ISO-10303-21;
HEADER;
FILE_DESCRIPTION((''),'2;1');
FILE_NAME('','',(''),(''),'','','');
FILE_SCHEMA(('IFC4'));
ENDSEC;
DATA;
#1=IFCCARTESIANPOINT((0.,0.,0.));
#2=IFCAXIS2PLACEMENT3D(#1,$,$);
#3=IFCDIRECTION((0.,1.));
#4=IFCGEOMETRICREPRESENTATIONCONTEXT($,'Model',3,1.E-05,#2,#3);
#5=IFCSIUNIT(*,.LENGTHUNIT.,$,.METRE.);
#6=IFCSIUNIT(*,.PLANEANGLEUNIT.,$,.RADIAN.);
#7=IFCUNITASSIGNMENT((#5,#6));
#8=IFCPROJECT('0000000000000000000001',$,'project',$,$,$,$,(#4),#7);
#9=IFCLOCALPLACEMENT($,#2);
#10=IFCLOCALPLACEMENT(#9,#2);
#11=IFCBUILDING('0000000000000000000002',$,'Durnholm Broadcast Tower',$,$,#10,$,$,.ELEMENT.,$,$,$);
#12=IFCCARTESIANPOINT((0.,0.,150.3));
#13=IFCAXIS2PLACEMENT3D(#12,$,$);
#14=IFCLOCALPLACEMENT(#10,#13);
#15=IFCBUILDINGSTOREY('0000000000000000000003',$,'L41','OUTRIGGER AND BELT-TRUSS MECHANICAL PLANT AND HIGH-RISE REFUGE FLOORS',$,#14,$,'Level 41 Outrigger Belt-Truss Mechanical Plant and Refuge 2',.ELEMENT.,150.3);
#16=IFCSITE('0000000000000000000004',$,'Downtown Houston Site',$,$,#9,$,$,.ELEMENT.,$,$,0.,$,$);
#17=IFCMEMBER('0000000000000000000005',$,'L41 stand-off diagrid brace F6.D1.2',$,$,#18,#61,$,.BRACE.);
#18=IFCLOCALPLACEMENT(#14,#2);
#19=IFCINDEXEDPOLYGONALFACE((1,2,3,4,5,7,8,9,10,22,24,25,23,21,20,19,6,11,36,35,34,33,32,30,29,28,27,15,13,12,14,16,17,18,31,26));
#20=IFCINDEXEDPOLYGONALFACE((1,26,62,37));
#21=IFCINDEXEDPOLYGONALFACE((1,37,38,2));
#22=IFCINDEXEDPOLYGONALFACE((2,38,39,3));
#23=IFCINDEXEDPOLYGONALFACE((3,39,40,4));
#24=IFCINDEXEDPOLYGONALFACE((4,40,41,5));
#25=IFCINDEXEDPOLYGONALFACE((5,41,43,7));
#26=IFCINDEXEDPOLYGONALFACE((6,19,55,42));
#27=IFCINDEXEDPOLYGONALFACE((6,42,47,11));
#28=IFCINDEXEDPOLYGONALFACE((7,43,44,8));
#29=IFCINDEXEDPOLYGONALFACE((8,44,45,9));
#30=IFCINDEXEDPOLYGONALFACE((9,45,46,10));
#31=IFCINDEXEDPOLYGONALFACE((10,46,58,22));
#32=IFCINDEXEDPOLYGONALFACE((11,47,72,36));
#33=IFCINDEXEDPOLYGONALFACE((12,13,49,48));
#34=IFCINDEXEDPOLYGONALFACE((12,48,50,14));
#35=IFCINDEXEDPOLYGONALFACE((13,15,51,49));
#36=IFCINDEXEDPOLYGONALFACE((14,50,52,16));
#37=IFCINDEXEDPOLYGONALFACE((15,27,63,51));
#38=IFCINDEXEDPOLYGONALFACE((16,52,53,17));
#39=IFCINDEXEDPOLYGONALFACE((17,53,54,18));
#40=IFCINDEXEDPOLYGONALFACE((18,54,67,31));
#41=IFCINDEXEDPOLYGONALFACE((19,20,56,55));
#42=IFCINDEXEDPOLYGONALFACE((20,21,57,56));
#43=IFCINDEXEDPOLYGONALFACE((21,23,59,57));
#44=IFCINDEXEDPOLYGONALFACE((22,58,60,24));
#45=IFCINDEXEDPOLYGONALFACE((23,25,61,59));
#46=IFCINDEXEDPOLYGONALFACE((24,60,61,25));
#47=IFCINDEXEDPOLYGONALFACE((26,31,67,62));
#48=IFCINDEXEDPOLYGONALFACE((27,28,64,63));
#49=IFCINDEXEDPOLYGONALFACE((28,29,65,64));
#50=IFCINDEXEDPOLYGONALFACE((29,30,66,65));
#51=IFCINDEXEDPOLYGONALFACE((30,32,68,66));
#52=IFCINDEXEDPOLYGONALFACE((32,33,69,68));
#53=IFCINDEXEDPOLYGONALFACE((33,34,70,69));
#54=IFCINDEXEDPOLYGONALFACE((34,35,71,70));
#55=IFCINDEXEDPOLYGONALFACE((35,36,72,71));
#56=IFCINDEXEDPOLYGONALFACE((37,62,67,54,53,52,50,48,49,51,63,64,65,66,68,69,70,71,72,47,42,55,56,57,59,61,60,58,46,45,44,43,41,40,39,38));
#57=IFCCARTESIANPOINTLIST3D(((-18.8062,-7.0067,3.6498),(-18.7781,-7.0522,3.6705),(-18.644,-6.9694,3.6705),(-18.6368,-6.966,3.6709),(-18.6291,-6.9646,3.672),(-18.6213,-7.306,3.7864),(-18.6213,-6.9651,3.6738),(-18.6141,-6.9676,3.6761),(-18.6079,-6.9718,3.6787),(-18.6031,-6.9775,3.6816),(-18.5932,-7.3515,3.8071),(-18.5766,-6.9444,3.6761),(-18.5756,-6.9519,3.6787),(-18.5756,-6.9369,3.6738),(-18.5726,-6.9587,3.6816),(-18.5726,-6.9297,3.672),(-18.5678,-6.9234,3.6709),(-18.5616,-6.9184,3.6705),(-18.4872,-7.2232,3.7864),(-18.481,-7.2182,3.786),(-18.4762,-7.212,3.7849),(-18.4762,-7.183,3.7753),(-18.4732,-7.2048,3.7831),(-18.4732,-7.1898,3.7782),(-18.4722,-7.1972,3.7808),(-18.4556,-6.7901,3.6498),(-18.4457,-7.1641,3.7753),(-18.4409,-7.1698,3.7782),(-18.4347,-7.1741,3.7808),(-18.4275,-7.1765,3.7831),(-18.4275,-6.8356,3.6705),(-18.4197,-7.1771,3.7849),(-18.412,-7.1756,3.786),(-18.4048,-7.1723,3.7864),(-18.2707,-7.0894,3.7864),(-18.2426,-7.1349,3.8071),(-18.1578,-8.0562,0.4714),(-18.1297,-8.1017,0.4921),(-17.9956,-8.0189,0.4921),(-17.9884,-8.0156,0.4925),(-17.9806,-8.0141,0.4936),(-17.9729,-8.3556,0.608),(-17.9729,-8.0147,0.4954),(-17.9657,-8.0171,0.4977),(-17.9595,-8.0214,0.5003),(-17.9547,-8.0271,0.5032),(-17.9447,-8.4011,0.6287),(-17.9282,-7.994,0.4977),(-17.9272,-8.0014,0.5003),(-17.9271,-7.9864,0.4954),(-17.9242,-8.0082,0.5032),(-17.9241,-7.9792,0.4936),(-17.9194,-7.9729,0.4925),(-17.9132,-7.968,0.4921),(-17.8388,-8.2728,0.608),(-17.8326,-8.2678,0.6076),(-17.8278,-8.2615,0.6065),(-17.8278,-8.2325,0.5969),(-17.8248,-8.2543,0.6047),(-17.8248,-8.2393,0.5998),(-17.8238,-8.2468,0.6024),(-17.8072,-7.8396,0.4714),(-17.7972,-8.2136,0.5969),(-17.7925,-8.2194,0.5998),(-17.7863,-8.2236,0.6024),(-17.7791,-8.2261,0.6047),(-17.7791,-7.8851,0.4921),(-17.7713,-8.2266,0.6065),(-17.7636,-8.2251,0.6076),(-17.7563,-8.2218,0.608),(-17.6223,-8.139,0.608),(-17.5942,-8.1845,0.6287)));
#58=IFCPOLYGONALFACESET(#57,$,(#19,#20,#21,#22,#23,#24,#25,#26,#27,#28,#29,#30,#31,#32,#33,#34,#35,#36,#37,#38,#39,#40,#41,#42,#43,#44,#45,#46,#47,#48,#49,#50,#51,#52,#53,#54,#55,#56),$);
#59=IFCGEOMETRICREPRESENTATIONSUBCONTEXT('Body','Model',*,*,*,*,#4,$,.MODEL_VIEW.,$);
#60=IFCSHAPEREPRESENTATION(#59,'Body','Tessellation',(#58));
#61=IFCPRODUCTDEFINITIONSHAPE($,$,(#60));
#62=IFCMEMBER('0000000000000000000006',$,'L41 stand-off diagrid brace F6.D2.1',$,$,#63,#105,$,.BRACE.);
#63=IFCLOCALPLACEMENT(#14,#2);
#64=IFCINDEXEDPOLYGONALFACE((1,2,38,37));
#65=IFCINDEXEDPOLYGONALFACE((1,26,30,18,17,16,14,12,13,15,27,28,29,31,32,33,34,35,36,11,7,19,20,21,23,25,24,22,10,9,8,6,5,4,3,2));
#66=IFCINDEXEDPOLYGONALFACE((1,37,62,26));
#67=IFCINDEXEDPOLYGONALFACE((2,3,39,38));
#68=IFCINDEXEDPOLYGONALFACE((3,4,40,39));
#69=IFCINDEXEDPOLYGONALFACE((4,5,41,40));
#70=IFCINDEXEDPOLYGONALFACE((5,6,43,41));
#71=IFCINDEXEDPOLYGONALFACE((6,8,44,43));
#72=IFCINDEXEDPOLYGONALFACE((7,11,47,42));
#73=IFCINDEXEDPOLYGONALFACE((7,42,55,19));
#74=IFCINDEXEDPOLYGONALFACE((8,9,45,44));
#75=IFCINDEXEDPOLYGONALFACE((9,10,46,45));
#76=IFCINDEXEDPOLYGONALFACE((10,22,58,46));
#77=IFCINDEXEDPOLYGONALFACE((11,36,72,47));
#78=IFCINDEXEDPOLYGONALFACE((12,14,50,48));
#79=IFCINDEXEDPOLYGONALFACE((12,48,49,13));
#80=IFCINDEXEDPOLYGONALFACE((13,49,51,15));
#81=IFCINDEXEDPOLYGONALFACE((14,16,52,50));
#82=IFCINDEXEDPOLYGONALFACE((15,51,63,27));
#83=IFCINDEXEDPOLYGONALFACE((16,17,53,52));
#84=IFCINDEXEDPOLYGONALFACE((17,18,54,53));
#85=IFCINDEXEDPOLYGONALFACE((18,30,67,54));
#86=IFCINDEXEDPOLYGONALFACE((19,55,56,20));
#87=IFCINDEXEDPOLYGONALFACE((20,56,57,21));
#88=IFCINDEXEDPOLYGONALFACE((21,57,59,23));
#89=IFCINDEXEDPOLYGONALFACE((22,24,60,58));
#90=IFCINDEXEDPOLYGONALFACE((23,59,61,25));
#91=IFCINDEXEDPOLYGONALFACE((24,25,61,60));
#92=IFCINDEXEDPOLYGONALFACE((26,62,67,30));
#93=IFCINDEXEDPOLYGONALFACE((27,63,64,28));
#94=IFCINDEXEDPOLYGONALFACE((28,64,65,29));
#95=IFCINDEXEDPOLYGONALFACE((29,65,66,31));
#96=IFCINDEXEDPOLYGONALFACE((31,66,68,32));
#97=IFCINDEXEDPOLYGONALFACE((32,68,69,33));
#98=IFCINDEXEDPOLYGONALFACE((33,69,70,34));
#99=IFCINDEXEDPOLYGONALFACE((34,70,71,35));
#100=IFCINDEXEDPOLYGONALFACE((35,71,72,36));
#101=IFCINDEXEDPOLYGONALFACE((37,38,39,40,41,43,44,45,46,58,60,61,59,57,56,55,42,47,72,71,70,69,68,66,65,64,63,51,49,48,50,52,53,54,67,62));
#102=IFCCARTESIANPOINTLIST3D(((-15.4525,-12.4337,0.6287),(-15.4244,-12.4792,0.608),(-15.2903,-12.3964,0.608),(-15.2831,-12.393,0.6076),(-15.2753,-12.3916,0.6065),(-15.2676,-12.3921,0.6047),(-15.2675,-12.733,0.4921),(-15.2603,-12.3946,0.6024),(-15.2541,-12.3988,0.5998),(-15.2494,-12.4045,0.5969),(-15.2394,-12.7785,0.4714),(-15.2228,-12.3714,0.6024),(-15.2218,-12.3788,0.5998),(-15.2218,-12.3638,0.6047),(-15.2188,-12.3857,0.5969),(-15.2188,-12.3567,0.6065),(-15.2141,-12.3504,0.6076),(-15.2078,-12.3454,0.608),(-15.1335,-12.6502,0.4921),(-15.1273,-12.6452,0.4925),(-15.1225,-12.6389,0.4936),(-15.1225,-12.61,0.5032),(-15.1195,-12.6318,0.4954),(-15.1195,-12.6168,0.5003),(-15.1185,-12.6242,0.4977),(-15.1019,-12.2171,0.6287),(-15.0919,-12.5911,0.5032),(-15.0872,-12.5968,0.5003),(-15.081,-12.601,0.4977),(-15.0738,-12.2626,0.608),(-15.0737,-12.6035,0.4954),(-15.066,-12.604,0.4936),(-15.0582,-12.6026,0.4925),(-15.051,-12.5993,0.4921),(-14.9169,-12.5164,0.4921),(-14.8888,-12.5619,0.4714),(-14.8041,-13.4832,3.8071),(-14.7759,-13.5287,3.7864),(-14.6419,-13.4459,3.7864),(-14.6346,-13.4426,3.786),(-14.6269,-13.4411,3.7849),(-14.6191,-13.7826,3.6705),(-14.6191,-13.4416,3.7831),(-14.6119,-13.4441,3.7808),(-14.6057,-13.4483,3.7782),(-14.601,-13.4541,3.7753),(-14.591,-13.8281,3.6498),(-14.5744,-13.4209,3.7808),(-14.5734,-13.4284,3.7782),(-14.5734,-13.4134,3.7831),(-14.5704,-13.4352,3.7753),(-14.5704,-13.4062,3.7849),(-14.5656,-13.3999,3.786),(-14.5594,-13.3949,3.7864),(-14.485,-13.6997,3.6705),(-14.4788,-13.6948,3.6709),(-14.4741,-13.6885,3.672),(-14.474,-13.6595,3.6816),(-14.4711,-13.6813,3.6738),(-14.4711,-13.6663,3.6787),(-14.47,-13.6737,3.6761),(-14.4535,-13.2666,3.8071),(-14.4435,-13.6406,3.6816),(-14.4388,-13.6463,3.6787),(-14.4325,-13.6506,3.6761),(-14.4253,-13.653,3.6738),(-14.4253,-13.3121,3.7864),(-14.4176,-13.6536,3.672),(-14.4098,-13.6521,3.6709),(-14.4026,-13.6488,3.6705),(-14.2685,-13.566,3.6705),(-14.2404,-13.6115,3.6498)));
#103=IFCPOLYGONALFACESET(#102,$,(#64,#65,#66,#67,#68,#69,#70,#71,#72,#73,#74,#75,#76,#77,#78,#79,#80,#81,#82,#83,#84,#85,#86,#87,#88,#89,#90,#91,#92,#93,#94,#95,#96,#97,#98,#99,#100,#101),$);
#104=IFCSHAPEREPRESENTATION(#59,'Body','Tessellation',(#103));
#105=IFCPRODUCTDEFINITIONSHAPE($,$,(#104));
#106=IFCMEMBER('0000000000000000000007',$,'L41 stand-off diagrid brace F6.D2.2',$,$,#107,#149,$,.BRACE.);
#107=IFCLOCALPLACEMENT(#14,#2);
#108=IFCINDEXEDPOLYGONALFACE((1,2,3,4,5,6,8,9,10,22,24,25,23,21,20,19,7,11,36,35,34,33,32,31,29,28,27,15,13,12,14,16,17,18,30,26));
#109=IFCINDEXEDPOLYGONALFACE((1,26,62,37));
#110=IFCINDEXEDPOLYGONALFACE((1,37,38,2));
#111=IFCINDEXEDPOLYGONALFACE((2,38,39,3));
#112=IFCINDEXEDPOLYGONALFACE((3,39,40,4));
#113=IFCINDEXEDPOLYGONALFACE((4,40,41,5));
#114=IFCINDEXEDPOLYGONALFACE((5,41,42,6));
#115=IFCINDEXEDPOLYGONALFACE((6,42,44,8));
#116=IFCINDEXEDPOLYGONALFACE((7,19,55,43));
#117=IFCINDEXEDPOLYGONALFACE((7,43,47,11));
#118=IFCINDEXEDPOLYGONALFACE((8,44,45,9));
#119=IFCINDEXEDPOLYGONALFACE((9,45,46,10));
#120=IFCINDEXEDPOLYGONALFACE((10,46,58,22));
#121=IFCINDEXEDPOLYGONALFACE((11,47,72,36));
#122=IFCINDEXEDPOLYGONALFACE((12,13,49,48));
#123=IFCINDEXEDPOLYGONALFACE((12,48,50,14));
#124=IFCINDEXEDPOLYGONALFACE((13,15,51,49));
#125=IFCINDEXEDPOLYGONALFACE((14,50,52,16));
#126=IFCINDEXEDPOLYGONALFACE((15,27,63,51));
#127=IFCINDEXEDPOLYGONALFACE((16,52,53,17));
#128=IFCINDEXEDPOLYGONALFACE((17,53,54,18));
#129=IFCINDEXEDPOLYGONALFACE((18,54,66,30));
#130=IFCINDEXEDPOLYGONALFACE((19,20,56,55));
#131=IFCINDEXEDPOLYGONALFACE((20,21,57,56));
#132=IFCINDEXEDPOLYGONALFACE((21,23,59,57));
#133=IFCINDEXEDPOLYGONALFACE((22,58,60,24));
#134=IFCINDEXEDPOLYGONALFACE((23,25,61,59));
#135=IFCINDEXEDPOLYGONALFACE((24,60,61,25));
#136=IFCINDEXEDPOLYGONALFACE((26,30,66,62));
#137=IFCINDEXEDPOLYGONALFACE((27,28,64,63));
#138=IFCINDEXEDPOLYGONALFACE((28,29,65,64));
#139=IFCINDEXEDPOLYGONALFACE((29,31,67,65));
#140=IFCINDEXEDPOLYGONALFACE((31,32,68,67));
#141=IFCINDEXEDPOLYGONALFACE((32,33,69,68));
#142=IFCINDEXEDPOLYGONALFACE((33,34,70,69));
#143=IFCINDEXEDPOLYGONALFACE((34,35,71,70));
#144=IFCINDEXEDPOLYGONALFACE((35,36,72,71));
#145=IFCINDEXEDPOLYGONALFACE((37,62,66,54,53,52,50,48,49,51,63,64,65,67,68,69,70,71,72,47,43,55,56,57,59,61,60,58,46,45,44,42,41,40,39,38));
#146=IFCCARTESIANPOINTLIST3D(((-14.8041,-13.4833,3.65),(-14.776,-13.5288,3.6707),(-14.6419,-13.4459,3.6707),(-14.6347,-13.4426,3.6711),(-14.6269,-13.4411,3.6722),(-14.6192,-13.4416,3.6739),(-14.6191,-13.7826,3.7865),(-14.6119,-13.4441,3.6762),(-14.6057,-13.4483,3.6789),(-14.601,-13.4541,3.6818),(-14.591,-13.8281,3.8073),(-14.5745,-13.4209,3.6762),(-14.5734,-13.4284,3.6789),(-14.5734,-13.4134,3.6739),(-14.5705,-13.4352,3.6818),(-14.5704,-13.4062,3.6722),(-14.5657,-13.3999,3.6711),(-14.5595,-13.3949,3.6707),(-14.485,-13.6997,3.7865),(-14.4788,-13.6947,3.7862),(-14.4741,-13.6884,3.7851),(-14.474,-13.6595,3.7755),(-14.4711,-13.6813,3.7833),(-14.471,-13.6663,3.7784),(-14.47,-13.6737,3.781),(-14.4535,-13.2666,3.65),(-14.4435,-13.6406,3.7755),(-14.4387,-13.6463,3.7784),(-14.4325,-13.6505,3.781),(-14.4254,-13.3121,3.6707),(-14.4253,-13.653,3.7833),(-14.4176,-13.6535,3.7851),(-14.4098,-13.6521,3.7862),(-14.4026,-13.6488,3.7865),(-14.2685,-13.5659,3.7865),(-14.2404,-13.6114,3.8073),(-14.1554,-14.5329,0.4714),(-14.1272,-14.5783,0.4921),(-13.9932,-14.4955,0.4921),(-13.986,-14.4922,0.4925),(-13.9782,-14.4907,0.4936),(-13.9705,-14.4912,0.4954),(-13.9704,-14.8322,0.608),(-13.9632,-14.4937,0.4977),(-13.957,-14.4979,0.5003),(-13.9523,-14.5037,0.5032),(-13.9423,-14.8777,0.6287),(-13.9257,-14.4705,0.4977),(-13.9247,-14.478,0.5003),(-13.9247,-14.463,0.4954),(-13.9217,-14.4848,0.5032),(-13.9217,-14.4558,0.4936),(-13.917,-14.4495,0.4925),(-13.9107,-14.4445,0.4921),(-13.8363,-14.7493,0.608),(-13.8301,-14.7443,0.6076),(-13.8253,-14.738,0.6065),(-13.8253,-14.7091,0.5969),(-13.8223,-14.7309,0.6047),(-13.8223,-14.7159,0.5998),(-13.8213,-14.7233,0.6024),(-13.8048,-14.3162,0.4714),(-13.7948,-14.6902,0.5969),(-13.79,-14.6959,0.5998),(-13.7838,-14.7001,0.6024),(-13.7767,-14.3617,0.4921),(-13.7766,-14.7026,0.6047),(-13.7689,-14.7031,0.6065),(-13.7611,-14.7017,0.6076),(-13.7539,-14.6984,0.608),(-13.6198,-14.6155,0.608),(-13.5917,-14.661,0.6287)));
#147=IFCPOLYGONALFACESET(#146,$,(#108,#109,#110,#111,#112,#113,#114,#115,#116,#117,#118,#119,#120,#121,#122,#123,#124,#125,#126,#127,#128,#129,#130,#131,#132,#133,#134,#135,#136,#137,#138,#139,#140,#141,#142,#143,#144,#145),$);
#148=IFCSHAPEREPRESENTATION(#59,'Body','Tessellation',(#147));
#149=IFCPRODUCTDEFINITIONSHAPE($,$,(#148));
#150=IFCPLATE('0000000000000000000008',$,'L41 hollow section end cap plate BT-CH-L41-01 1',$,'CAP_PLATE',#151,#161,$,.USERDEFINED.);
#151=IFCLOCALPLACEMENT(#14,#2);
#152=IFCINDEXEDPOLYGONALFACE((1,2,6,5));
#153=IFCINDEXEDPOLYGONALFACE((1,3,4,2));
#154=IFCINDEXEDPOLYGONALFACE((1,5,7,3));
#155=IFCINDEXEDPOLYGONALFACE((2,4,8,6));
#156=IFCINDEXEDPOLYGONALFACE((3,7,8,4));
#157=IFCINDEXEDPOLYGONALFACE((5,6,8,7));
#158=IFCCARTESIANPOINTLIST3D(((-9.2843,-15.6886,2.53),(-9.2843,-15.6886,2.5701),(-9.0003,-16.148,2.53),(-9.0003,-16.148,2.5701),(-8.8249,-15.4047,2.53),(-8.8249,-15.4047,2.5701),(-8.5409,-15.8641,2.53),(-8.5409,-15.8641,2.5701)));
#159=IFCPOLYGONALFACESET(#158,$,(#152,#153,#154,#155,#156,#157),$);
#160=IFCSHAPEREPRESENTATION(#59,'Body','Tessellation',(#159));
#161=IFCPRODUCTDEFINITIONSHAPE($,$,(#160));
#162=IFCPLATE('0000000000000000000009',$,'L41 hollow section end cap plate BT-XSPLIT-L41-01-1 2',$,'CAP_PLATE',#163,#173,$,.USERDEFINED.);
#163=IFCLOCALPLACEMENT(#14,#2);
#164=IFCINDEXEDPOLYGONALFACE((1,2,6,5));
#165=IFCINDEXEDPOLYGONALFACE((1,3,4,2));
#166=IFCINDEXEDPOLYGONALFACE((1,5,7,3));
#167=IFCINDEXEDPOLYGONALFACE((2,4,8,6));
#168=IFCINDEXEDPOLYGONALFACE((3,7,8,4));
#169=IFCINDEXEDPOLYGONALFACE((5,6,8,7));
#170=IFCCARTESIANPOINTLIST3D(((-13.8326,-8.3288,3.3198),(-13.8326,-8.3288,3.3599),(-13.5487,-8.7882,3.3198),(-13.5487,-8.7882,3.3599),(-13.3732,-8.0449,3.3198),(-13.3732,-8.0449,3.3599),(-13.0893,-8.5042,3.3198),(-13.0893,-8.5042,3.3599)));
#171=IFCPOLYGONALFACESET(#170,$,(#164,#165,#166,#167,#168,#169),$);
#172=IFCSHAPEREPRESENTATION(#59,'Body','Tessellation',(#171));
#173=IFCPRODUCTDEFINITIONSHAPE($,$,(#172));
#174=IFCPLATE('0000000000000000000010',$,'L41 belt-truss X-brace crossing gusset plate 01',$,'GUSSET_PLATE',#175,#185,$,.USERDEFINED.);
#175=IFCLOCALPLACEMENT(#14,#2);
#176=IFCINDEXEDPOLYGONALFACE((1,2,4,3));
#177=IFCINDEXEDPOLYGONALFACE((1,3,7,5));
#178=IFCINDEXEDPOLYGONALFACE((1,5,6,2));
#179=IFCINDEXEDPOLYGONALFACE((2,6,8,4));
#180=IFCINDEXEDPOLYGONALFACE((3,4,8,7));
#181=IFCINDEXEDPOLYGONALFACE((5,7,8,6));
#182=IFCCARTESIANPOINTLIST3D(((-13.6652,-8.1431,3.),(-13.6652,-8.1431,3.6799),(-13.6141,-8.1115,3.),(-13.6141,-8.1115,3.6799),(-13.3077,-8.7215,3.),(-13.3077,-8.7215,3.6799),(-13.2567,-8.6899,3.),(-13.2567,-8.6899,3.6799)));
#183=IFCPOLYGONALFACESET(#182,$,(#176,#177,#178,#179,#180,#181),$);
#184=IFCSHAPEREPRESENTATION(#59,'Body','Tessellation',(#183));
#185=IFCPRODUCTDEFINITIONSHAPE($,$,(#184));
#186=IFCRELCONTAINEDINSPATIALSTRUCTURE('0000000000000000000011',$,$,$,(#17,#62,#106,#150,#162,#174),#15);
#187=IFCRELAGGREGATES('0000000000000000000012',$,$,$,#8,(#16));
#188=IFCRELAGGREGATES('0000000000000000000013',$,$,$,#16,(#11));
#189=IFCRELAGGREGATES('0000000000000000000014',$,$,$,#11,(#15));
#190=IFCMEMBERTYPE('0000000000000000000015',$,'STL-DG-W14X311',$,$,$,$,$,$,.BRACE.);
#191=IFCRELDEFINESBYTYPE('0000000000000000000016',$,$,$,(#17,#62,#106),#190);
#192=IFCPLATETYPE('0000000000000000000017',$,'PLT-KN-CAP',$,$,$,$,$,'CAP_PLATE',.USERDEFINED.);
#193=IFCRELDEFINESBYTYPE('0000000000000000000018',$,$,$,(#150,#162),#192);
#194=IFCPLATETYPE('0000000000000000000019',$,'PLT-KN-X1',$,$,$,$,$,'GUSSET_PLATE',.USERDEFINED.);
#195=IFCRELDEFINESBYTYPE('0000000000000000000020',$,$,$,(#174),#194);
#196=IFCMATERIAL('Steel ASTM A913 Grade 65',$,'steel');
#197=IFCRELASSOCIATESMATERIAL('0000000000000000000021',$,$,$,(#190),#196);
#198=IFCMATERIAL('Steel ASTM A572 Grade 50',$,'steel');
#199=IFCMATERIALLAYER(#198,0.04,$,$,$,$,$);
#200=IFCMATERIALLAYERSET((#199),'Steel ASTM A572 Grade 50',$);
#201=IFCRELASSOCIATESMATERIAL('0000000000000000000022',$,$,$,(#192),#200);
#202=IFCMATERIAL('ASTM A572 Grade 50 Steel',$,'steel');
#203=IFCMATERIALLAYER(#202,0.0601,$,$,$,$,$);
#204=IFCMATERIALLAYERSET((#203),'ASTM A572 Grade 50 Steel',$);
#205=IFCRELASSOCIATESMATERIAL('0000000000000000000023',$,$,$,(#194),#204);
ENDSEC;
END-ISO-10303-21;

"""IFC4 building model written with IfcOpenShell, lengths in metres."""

from ifc_helpers import new_model, si_unit, direction, frame, origin, origin_2d, place, context, subcontext, project, spatial, rectangle, i_section, extrude, source, transform, mapped, material, layer, layer_set, material_profile, profile_set, type_object, type_shapes, element, save


model = new_model("IFC4")

# Units and contexts
model_context = context("Model", 3, precision=1e-05, world=origin(), true_north=direction((0.0, 1.0)))
body_context = subcontext(model_context, "Body", "Model", "MODEL_VIEW")
ifc_project = project(units=[si_unit("LENGTHUNIT", "METRE"), si_unit("PLANEANGLEUNIT", "RADIAN")], contexts=[model_context])

# Site, building, storey
site_placement = place(None, origin())
site = spatial("IfcSite", under=ifc_project, at=site_placement, Name="Downtown Houston Site", CompositionType="ELEMENT", RefElevation=0.0)
building_placement = place(site_placement, origin())
building = spatial("IfcBuilding", under=site, at=building_placement, Name="Durnholm Broadcast Tower", CompositionType="ELEMENT")
storey_placement = place(building_placement, frame((0.0, 0.0, 150.3)))
storey = spatial("IfcBuildingStorey", under=building, at=storey_placement, Name="L41", Description="OUTRIGGER AND BELT-TRUSS MECHANICAL PLANT AND HIGH-RISE REFUGE FLOORS", LongName="Level 41 Outrigger Belt-Truss Mechanical Plant and Refuge 2", CompositionType="ELEMENT", Elevation=150.3)

# Members
ifc_material_1 = material(Name="Steel ASTM A913 Grade 65", Category="steel")
ifc_material_profile_1 = material_profile(ifc_material_1, i_section(OverallWidth=0.4121, OverallDepth=0.4348, WebThickness=0.0359, FlangeThickness=0.0574, FilletRadius=0.0305, at=origin_2d()), Name="W14X311")
ifc_profile_set_1 = profile_set([ifc_material_profile_1], Name="Steel ASTM A913 Grade 65")
member_type_1 = type_object("IfcMemberType", Name="STL-DG-W14X311", PredefinedType="BRACE", material=ifc_profile_set_1)
shared_shape_1 = source(origin(), body_context, "Body", "SweptSolid", [
    extrude(i_section(OverallWidth=0.4121, OverallDepth=0.4348, WebThickness=0.0359, FlangeThickness=0.0574, FilletRadius=0.0305, at=origin_2d()), origin(), (0.0, 0.0, 1.0), 3.4094),
])
for number, where, z_axis, x_axis, name in (
    (1, (-17.876, -8.1204, 0.55), (-0.190185, 0.307834, 0.932238), (-0.850733, -0.525598, 0.0), "L41 stand-off diagrid brace F6.D1.2"),
    (2, (-15.1707, -12.4978, 0.55), (0.190185, -0.307834, 0.932238), (0.850733, 0.525598, 0.0), "L41 stand-off diagrid brace F6.D2.1"),
):
    element("IfcMember", number, at=place(storey_placement, frame(where, z_axis=z_axis, x_axis=x_axis)), inside=storey, type_object=member_type_1, Name=name, PredefinedType="BRACE", context=body_context, shape_type="MappedRepresentation", body=[
        mapped(shared_shape_1, transform((0.0, 0.0, 0.0), x_axis=(1.0, 0.0, 0.0), y_axis=(0.0, 1.0, 0.0), z_axis=(0.0, 0.0, 1.0), scale=1.0)),
    ])
shared_shape_2 = source(origin(), body_context, "Body", "SweptSolid", [
    extrude(i_section(OverallWidth=0.4121, OverallDepth=0.4348, WebThickness=0.0359, FlangeThickness=0.0574, FilletRadius=0.0305, at=origin_2d()), origin(), (0.0, 0.0, 1.0), 3.4097),
])
type_shapes(member_type_1, [shared_shape_1, shared_shape_2])
member_1_placement = place(storey_placement, frame((-13.8735, -14.5969, 0.55), z_axis=(-0.190254, 0.30783, 0.932225), x_axis=(-0.850644, -0.525741, 0.0)))
element("IfcMember", 3, at=member_1_placement, inside=storey, type_object=member_type_1, Name="L41 stand-off diagrid brace F6.D2.2", PredefinedType="BRACE", context=body_context, shape_type="MappedRepresentation", body=[
    mapped(shared_shape_2, transform((0.0, 0.0, 0.0), x_axis=(1.0, 0.0, 0.0), y_axis=(0.0, 1.0, 0.0), z_axis=(0.0, 0.0, 1.0), scale=1.0)),
])

# Plates
ifc_material_2 = material(Name="Steel ASTM A572 Grade 50", Category="steel")
ifc_layer_1 = layer(ifc_material_2, 0.04)
ifc_layer_set_1 = layer_set([ifc_layer_1], Name="Steel ASTM A572 Grade 50")
plate_type_1 = type_object("IfcPlateType", Name="PLT-KN-CAP", ElementType="CAP_PLATE", PredefinedType="USERDEFINED", material=ifc_layer_set_1)
shared_shape_3 = source(origin(), body_context, "Body", "SweptSolid", [
    extrude(rectangle(XDim=0.54, YDim=0.54, at=origin_2d()), origin(), (0.0, 0.0, 1.0), 0.04),
])
type_shapes(plate_type_1, [shared_shape_3])
for number, where, z_axis, x_axis, name in (
    (4, (-8.9126, -15.7764, 2.53), (0.0, 0.0, 1.0), (-0.525769, 0.850628, 0.0), "L41 hollow section end cap plate BT-CH-L41-01 1"),
    (5, (-13.4609, -8.4165, 3.3198), (0.0, 0.0, 1.0), (0.525769, -0.850628, 0.0), "L41 hollow section end cap plate BT-XSPLIT-L41-01-1 2"),
):
    element("IfcPlate", number, at=place(storey_placement, frame(where, z_axis=z_axis, x_axis=x_axis)), inside=storey, type_object=plate_type_1, Name=name, ObjectType="CAP_PLATE", PredefinedType="USERDEFINED", context=body_context, shape_type="MappedRepresentation", body=[
        mapped(shared_shape_3, transform((0.0, 0.0, 0.0), x_axis=(1.0, 0.0, 0.0), y_axis=(0.0, 1.0, 0.0), z_axis=(0.0, 0.0, 1.0), scale=1.0)),
    ])
ifc_material_3 = material(Name="ASTM A572 Grade 50 Steel", Category="steel")
ifc_layer_2 = layer(ifc_material_3, 0.0601)
ifc_layer_set_2 = layer_set([ifc_layer_2], Name="ASTM A572 Grade 50 Steel")
plate_type_2 = type_object("IfcPlateType", Name="PLT-KN-X1", ElementType="GUSSET_PLATE", PredefinedType="USERDEFINED", material=ifc_layer_set_2)
shared_shape_4 = source(origin(), body_context, "Body", "SweptSolid", [
    extrude(rectangle(XDim=0.6799, YDim=0.0601, at=origin_2d()), origin(), (0.0, 0.0, 1.0), 0.6799),
])
type_shapes(plate_type_2, [shared_shape_4])
plate_1_placement = place(storey_placement, frame((-13.4609, -8.4165, 3.0), z_axis=(0.0, 0.0, 1.0), x_axis=(-0.525769, 0.850628, 0.0)))
element("IfcPlate", 6, at=plate_1_placement, inside=storey, type_object=plate_type_2, Name="L41 belt-truss X-brace crossing gusset plate 01", ObjectType="GUSSET_PLATE", PredefinedType="USERDEFINED", context=body_context, shape_type="MappedRepresentation", body=[
    mapped(shared_shape_4, transform((0.0, 0.0, 0.0), x_axis=(1.0, 0.0, 0.0), y_axis=(0.0, 1.0, 0.0), z_axis=(0.0, 0.0, 1.0), scale=1.0)),
])

save(model, "model.ifc")
